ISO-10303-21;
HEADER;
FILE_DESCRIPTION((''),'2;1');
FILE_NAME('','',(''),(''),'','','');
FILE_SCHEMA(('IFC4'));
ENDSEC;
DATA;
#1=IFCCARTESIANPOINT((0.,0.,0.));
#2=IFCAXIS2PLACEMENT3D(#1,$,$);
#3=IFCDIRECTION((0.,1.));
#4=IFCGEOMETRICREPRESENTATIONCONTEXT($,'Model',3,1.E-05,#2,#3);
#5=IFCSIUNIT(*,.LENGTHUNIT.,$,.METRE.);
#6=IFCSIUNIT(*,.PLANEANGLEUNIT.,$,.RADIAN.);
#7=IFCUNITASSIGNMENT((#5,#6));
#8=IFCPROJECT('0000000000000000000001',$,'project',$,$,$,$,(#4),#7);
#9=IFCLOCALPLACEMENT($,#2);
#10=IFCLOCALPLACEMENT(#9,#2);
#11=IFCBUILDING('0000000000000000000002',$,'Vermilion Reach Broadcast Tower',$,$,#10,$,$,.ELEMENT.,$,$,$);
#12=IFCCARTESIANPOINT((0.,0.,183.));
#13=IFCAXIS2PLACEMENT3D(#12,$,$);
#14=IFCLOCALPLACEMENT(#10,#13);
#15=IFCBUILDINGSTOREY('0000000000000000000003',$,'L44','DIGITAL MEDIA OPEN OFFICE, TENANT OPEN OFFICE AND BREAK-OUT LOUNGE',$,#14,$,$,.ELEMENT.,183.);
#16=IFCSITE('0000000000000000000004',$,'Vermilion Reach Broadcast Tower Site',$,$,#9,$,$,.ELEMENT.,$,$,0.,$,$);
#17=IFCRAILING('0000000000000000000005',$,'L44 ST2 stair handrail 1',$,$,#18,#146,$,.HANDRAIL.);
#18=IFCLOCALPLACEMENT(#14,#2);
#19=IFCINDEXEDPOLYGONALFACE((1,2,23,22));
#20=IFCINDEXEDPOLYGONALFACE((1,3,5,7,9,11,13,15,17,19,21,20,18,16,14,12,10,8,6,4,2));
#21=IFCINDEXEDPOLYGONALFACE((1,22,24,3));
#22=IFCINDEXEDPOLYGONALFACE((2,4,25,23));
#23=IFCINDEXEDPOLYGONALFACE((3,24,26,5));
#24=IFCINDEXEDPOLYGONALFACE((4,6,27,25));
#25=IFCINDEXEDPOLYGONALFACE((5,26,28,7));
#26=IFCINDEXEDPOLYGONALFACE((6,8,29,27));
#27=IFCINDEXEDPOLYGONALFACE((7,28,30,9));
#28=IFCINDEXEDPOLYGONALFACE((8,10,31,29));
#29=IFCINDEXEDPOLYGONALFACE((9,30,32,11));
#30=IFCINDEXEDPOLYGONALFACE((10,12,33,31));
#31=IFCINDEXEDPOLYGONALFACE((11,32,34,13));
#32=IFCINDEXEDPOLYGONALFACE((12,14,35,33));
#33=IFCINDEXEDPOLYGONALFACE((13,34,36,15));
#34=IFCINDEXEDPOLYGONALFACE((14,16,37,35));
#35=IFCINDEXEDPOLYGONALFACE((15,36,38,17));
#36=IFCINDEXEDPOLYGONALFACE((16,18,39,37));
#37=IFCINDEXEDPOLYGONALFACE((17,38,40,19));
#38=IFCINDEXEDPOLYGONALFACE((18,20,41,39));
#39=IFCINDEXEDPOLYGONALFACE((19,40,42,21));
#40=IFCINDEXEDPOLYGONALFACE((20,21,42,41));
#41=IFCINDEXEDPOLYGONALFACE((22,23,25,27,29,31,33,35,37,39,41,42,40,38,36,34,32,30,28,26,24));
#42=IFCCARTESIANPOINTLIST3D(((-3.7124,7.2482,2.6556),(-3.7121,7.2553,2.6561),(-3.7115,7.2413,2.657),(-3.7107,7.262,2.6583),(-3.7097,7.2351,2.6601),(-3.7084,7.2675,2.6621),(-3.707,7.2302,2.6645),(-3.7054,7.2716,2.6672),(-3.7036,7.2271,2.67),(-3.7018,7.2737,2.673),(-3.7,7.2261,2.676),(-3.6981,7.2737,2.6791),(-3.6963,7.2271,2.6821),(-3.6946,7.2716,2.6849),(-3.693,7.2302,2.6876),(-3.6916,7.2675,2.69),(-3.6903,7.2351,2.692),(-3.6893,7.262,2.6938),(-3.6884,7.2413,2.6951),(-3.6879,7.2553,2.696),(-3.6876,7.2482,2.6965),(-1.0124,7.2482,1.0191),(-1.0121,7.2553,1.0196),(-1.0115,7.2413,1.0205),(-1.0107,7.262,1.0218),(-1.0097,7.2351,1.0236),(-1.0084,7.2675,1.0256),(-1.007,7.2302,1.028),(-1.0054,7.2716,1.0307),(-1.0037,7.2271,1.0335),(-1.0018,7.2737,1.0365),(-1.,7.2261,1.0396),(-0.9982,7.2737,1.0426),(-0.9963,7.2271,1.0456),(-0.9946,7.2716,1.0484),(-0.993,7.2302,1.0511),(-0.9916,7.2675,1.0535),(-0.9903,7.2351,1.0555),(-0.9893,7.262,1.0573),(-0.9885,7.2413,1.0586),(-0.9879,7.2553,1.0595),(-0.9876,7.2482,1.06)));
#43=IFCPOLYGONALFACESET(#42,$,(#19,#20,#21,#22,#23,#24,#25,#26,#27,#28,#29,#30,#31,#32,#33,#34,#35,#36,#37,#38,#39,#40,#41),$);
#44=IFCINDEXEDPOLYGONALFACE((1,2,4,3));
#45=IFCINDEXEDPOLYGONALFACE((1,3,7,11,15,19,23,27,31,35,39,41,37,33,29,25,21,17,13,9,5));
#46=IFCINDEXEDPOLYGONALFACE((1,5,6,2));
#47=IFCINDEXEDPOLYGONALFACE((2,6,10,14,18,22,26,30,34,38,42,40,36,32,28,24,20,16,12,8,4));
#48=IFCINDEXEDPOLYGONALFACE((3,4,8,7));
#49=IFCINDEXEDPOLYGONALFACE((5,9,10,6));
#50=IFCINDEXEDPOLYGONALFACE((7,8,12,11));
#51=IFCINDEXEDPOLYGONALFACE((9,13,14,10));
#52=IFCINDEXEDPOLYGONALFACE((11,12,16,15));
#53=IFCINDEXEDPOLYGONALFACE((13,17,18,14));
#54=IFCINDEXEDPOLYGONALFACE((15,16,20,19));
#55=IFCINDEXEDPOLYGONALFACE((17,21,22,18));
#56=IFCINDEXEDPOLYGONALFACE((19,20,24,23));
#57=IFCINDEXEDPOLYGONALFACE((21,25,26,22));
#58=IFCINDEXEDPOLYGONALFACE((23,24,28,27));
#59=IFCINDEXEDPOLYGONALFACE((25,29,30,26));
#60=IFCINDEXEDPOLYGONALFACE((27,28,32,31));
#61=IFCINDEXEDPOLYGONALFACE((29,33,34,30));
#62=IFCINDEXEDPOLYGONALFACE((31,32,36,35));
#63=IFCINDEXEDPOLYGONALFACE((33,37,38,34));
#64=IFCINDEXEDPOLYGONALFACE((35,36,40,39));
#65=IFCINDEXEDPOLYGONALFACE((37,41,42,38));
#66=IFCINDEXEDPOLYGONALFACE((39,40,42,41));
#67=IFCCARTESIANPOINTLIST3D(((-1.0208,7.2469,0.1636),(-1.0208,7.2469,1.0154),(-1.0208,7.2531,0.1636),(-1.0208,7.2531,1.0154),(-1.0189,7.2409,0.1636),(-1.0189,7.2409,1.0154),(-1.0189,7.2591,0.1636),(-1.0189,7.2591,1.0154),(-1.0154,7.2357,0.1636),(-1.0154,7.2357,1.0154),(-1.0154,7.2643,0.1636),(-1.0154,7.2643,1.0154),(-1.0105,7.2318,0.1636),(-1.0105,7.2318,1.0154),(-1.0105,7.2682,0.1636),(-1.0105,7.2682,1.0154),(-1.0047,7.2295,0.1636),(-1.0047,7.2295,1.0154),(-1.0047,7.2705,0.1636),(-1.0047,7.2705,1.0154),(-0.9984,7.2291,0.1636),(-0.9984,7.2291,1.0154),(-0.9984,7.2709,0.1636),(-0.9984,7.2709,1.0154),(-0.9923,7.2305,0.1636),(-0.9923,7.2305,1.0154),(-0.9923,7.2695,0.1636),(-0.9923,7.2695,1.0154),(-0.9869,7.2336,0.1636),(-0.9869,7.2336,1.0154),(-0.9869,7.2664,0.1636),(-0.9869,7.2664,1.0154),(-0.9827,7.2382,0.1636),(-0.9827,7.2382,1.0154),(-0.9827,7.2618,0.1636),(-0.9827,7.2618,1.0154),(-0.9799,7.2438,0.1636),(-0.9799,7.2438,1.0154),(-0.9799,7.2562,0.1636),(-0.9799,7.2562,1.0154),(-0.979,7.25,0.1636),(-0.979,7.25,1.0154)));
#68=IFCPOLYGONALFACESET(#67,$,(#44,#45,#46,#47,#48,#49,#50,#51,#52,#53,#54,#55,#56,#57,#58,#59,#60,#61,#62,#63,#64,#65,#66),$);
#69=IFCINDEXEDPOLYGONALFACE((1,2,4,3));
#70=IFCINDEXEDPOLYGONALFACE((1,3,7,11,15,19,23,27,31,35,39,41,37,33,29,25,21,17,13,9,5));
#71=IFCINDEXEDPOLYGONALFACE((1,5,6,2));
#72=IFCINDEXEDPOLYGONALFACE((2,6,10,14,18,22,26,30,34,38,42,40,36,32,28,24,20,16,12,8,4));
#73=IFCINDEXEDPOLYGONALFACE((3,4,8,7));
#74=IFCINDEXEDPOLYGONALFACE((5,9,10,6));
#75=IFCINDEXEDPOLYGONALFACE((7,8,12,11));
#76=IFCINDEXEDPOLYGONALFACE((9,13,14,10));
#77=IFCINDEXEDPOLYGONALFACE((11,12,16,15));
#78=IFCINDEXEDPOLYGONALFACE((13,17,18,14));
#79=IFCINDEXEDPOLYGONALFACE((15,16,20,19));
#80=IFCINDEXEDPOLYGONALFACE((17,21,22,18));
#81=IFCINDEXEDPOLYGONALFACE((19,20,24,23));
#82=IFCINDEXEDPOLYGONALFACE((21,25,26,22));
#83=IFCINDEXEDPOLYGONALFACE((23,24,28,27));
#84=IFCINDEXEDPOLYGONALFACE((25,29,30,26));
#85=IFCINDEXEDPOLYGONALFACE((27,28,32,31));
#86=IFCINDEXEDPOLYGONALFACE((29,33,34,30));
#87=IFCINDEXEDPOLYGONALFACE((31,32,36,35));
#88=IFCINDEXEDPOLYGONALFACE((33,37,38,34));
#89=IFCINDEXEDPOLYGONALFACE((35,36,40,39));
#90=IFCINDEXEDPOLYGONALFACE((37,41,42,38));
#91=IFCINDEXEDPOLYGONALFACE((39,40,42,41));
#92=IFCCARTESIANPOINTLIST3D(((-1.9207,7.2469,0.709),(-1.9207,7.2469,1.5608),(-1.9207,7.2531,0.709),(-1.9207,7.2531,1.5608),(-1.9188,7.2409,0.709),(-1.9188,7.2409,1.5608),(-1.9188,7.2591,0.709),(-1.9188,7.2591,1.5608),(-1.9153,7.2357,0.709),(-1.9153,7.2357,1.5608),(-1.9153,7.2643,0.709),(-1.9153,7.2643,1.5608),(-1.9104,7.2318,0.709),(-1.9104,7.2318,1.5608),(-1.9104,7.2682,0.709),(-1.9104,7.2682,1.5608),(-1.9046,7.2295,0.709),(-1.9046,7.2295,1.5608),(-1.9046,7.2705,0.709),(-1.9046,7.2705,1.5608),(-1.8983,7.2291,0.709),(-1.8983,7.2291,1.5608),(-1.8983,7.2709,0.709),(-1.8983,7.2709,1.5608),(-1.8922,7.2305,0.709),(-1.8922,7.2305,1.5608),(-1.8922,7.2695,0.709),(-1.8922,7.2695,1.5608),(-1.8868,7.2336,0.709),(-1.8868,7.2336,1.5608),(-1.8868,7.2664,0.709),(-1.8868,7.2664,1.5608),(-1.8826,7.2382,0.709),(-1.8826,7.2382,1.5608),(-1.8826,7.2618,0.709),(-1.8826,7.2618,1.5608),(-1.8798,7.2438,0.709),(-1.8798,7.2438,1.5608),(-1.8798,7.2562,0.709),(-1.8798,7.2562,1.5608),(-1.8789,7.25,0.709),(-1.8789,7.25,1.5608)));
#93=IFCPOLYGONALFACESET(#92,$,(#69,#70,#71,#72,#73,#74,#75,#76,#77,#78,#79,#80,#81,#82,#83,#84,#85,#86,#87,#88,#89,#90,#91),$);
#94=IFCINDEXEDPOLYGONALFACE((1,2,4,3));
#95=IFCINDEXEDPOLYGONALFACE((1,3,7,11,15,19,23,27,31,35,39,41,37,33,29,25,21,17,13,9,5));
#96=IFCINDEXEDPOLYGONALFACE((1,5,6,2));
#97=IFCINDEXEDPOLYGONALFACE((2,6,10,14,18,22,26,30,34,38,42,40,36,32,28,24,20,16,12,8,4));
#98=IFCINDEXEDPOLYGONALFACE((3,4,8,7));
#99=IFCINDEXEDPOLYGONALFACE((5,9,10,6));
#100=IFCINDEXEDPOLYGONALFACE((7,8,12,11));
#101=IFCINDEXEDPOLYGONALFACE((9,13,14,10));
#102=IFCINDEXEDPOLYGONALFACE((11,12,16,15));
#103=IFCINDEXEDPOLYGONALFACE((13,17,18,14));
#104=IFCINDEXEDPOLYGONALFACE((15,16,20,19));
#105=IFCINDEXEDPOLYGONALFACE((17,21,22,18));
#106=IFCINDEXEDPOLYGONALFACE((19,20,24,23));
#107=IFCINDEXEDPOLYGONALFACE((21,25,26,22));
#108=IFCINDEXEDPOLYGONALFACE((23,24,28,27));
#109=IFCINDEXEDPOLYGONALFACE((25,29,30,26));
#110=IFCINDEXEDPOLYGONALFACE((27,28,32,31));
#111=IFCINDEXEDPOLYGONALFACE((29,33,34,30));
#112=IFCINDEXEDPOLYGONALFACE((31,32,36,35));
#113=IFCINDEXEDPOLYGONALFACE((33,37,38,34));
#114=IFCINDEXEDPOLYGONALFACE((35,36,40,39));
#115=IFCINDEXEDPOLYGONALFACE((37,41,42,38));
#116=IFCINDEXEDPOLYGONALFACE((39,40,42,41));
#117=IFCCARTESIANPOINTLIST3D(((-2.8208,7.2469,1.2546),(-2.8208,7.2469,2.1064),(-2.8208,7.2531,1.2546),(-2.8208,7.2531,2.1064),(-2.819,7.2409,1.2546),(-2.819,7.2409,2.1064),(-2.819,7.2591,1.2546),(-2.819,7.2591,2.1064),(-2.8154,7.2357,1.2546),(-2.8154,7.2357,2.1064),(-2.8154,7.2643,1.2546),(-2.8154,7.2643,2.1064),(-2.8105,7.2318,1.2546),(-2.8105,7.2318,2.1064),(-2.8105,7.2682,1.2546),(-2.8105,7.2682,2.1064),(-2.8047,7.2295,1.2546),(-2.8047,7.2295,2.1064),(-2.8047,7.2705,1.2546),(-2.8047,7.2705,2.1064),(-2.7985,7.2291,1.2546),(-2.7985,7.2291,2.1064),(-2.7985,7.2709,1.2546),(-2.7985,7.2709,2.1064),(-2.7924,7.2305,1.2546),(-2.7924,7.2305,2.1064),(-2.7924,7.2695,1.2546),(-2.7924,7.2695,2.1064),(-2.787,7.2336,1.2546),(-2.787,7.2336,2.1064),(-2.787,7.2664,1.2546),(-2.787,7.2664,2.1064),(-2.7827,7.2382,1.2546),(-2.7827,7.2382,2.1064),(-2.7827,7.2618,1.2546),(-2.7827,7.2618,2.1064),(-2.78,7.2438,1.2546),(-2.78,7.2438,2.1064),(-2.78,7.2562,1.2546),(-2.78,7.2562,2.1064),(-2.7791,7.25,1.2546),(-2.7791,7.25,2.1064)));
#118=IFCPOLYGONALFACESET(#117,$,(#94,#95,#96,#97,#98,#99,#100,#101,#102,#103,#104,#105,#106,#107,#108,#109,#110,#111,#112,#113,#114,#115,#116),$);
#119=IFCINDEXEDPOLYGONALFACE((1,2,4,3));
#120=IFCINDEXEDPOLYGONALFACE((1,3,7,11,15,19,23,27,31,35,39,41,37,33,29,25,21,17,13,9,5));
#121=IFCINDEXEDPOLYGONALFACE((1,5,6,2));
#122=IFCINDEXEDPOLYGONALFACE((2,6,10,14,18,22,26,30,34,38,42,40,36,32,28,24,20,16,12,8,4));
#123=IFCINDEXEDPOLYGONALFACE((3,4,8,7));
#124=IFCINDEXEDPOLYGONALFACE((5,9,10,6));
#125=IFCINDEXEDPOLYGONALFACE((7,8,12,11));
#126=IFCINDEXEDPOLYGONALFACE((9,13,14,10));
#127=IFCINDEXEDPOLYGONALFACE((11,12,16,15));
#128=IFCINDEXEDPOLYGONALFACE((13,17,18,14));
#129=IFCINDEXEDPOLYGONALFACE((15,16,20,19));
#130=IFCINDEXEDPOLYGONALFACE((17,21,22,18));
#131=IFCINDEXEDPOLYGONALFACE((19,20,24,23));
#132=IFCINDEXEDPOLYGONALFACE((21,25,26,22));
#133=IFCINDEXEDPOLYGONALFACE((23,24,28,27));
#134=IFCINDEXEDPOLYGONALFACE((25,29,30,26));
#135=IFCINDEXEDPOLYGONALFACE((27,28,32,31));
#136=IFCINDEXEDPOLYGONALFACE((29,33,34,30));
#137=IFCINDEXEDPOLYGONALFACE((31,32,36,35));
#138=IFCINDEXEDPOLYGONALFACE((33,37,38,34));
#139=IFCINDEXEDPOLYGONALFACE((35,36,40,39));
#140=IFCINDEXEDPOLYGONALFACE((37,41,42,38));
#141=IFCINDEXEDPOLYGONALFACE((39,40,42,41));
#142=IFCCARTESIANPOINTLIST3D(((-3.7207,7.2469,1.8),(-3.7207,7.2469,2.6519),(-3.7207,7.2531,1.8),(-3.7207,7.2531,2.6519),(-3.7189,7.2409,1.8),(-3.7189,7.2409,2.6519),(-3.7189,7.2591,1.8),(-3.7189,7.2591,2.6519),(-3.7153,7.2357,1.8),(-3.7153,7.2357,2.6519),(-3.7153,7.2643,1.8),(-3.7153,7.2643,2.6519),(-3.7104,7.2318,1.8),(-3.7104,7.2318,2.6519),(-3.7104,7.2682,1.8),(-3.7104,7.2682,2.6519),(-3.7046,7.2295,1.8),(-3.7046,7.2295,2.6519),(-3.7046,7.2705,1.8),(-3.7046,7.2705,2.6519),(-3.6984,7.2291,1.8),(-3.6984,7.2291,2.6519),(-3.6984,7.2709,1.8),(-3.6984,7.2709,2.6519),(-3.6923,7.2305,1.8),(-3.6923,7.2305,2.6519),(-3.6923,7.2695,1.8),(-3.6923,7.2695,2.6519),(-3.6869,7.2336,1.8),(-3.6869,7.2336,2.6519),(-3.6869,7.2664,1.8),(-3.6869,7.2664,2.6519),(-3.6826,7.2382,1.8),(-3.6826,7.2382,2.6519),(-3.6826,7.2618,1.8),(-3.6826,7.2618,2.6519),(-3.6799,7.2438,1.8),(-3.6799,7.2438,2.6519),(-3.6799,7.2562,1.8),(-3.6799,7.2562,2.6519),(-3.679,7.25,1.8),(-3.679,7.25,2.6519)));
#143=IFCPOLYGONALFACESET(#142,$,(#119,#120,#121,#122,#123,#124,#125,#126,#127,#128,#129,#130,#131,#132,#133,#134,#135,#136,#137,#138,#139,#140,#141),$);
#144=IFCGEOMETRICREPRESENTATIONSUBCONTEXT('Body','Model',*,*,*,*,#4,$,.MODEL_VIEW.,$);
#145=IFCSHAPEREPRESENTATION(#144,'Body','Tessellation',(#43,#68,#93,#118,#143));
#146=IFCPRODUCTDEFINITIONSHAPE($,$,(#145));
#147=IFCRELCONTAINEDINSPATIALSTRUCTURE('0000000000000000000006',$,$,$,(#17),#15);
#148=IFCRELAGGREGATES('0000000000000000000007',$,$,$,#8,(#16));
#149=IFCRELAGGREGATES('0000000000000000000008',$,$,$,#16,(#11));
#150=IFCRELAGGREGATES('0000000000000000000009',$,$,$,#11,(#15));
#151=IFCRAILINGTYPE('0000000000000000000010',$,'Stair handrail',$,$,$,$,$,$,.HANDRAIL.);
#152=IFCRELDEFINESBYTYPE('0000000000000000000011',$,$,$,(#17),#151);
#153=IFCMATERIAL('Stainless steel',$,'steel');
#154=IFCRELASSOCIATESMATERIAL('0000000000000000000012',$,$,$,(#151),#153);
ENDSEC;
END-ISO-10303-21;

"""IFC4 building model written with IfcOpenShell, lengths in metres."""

from ifc_helpers import new_model, si_unit, direction, frame, origin, origin_2d, place, context, subcontext, project, spatial, circle, extrude, material, type_object, element, save


model = new_model("IFC4")

# Units and contexts
model_context = context("Model", 3, precision=1e-05, world=origin(), true_north=direction((0.0, 1.0)))
body_context = subcontext(model_context, "Body", "Model", "MODEL_VIEW")
ifc_project = project(units=[si_unit("LENGTHUNIT", "METRE"), si_unit("PLANEANGLEUNIT", "RADIAN")], contexts=[model_context])

# Site, building, storey
site_placement = place(None, origin())
site = spatial("IfcSite", under=ifc_project, at=site_placement, Name="Vermilion Reach Broadcast Tower Site", CompositionType="ELEMENT", RefElevation=0.0)
building_placement = place(site_placement, origin())
building = spatial("IfcBuilding", under=site, at=building_placement, Name="Vermilion Reach Broadcast Tower", CompositionType="ELEMENT")
storey_placement = place(building_placement, frame((0.0, 0.0, 183.0)))
storey = spatial("IfcBuildingStorey", under=building, at=storey_placement, Name="L44", Description="DIGITAL MEDIA OPEN OFFICE, TENANT OPEN OFFICE AND BREAK-OUT LOUNGE", CompositionType="ELEMENT", Elevation=183.0)

# Railing
ifc_material_1 = material(Name="Stainless steel", Category="steel")
railing_type_1 = type_object("IfcRailingType", Name="Stair handrail", PredefinedType="HANDRAIL", material=ifc_material_1)
railing_1_placement = place(storey_placement, frame((-1.0, 7.25, 0.1636)))
element("IfcRailing", 1, at=railing_1_placement, inside=storey, type_object=railing_type_1, Name="L44 ST2 stair handrail 1", PredefinedType="HANDRAIL", context=body_context, shape_type="SweptSolid", body=[
    extrude(circle(Radius=0.0239, at=origin_2d()), frame((0.0, 0.0, 0.876), z_axis=(-0.855178, 0.0, 0.518334), x_axis=(0.0, -1.0, 0.0)), (0.0, 0.0, 1.0), 3.1572),
    extrude(circle(Radius=0.021, at=origin_2d()), origin(), (0.0, 0.0, 1.0), 0.8518),
    extrude(circle(Radius=0.021, at=origin_2d()), frame((-0.8999, 0.0, 0.5454)), (0.0, 0.0, 1.0), 0.8518),
    extrude(circle(Radius=0.021, at=origin_2d()), frame((-1.8, 0.0, 1.0911)), (0.0, 0.0, 1.0), 0.8518),
    extrude(circle(Radius=0.021, at=origin_2d()), frame((-2.7, 0.0, 1.6365)), (0.0, 0.0, 1.0), 0.8518),
])

save(model, "model.ifc")
